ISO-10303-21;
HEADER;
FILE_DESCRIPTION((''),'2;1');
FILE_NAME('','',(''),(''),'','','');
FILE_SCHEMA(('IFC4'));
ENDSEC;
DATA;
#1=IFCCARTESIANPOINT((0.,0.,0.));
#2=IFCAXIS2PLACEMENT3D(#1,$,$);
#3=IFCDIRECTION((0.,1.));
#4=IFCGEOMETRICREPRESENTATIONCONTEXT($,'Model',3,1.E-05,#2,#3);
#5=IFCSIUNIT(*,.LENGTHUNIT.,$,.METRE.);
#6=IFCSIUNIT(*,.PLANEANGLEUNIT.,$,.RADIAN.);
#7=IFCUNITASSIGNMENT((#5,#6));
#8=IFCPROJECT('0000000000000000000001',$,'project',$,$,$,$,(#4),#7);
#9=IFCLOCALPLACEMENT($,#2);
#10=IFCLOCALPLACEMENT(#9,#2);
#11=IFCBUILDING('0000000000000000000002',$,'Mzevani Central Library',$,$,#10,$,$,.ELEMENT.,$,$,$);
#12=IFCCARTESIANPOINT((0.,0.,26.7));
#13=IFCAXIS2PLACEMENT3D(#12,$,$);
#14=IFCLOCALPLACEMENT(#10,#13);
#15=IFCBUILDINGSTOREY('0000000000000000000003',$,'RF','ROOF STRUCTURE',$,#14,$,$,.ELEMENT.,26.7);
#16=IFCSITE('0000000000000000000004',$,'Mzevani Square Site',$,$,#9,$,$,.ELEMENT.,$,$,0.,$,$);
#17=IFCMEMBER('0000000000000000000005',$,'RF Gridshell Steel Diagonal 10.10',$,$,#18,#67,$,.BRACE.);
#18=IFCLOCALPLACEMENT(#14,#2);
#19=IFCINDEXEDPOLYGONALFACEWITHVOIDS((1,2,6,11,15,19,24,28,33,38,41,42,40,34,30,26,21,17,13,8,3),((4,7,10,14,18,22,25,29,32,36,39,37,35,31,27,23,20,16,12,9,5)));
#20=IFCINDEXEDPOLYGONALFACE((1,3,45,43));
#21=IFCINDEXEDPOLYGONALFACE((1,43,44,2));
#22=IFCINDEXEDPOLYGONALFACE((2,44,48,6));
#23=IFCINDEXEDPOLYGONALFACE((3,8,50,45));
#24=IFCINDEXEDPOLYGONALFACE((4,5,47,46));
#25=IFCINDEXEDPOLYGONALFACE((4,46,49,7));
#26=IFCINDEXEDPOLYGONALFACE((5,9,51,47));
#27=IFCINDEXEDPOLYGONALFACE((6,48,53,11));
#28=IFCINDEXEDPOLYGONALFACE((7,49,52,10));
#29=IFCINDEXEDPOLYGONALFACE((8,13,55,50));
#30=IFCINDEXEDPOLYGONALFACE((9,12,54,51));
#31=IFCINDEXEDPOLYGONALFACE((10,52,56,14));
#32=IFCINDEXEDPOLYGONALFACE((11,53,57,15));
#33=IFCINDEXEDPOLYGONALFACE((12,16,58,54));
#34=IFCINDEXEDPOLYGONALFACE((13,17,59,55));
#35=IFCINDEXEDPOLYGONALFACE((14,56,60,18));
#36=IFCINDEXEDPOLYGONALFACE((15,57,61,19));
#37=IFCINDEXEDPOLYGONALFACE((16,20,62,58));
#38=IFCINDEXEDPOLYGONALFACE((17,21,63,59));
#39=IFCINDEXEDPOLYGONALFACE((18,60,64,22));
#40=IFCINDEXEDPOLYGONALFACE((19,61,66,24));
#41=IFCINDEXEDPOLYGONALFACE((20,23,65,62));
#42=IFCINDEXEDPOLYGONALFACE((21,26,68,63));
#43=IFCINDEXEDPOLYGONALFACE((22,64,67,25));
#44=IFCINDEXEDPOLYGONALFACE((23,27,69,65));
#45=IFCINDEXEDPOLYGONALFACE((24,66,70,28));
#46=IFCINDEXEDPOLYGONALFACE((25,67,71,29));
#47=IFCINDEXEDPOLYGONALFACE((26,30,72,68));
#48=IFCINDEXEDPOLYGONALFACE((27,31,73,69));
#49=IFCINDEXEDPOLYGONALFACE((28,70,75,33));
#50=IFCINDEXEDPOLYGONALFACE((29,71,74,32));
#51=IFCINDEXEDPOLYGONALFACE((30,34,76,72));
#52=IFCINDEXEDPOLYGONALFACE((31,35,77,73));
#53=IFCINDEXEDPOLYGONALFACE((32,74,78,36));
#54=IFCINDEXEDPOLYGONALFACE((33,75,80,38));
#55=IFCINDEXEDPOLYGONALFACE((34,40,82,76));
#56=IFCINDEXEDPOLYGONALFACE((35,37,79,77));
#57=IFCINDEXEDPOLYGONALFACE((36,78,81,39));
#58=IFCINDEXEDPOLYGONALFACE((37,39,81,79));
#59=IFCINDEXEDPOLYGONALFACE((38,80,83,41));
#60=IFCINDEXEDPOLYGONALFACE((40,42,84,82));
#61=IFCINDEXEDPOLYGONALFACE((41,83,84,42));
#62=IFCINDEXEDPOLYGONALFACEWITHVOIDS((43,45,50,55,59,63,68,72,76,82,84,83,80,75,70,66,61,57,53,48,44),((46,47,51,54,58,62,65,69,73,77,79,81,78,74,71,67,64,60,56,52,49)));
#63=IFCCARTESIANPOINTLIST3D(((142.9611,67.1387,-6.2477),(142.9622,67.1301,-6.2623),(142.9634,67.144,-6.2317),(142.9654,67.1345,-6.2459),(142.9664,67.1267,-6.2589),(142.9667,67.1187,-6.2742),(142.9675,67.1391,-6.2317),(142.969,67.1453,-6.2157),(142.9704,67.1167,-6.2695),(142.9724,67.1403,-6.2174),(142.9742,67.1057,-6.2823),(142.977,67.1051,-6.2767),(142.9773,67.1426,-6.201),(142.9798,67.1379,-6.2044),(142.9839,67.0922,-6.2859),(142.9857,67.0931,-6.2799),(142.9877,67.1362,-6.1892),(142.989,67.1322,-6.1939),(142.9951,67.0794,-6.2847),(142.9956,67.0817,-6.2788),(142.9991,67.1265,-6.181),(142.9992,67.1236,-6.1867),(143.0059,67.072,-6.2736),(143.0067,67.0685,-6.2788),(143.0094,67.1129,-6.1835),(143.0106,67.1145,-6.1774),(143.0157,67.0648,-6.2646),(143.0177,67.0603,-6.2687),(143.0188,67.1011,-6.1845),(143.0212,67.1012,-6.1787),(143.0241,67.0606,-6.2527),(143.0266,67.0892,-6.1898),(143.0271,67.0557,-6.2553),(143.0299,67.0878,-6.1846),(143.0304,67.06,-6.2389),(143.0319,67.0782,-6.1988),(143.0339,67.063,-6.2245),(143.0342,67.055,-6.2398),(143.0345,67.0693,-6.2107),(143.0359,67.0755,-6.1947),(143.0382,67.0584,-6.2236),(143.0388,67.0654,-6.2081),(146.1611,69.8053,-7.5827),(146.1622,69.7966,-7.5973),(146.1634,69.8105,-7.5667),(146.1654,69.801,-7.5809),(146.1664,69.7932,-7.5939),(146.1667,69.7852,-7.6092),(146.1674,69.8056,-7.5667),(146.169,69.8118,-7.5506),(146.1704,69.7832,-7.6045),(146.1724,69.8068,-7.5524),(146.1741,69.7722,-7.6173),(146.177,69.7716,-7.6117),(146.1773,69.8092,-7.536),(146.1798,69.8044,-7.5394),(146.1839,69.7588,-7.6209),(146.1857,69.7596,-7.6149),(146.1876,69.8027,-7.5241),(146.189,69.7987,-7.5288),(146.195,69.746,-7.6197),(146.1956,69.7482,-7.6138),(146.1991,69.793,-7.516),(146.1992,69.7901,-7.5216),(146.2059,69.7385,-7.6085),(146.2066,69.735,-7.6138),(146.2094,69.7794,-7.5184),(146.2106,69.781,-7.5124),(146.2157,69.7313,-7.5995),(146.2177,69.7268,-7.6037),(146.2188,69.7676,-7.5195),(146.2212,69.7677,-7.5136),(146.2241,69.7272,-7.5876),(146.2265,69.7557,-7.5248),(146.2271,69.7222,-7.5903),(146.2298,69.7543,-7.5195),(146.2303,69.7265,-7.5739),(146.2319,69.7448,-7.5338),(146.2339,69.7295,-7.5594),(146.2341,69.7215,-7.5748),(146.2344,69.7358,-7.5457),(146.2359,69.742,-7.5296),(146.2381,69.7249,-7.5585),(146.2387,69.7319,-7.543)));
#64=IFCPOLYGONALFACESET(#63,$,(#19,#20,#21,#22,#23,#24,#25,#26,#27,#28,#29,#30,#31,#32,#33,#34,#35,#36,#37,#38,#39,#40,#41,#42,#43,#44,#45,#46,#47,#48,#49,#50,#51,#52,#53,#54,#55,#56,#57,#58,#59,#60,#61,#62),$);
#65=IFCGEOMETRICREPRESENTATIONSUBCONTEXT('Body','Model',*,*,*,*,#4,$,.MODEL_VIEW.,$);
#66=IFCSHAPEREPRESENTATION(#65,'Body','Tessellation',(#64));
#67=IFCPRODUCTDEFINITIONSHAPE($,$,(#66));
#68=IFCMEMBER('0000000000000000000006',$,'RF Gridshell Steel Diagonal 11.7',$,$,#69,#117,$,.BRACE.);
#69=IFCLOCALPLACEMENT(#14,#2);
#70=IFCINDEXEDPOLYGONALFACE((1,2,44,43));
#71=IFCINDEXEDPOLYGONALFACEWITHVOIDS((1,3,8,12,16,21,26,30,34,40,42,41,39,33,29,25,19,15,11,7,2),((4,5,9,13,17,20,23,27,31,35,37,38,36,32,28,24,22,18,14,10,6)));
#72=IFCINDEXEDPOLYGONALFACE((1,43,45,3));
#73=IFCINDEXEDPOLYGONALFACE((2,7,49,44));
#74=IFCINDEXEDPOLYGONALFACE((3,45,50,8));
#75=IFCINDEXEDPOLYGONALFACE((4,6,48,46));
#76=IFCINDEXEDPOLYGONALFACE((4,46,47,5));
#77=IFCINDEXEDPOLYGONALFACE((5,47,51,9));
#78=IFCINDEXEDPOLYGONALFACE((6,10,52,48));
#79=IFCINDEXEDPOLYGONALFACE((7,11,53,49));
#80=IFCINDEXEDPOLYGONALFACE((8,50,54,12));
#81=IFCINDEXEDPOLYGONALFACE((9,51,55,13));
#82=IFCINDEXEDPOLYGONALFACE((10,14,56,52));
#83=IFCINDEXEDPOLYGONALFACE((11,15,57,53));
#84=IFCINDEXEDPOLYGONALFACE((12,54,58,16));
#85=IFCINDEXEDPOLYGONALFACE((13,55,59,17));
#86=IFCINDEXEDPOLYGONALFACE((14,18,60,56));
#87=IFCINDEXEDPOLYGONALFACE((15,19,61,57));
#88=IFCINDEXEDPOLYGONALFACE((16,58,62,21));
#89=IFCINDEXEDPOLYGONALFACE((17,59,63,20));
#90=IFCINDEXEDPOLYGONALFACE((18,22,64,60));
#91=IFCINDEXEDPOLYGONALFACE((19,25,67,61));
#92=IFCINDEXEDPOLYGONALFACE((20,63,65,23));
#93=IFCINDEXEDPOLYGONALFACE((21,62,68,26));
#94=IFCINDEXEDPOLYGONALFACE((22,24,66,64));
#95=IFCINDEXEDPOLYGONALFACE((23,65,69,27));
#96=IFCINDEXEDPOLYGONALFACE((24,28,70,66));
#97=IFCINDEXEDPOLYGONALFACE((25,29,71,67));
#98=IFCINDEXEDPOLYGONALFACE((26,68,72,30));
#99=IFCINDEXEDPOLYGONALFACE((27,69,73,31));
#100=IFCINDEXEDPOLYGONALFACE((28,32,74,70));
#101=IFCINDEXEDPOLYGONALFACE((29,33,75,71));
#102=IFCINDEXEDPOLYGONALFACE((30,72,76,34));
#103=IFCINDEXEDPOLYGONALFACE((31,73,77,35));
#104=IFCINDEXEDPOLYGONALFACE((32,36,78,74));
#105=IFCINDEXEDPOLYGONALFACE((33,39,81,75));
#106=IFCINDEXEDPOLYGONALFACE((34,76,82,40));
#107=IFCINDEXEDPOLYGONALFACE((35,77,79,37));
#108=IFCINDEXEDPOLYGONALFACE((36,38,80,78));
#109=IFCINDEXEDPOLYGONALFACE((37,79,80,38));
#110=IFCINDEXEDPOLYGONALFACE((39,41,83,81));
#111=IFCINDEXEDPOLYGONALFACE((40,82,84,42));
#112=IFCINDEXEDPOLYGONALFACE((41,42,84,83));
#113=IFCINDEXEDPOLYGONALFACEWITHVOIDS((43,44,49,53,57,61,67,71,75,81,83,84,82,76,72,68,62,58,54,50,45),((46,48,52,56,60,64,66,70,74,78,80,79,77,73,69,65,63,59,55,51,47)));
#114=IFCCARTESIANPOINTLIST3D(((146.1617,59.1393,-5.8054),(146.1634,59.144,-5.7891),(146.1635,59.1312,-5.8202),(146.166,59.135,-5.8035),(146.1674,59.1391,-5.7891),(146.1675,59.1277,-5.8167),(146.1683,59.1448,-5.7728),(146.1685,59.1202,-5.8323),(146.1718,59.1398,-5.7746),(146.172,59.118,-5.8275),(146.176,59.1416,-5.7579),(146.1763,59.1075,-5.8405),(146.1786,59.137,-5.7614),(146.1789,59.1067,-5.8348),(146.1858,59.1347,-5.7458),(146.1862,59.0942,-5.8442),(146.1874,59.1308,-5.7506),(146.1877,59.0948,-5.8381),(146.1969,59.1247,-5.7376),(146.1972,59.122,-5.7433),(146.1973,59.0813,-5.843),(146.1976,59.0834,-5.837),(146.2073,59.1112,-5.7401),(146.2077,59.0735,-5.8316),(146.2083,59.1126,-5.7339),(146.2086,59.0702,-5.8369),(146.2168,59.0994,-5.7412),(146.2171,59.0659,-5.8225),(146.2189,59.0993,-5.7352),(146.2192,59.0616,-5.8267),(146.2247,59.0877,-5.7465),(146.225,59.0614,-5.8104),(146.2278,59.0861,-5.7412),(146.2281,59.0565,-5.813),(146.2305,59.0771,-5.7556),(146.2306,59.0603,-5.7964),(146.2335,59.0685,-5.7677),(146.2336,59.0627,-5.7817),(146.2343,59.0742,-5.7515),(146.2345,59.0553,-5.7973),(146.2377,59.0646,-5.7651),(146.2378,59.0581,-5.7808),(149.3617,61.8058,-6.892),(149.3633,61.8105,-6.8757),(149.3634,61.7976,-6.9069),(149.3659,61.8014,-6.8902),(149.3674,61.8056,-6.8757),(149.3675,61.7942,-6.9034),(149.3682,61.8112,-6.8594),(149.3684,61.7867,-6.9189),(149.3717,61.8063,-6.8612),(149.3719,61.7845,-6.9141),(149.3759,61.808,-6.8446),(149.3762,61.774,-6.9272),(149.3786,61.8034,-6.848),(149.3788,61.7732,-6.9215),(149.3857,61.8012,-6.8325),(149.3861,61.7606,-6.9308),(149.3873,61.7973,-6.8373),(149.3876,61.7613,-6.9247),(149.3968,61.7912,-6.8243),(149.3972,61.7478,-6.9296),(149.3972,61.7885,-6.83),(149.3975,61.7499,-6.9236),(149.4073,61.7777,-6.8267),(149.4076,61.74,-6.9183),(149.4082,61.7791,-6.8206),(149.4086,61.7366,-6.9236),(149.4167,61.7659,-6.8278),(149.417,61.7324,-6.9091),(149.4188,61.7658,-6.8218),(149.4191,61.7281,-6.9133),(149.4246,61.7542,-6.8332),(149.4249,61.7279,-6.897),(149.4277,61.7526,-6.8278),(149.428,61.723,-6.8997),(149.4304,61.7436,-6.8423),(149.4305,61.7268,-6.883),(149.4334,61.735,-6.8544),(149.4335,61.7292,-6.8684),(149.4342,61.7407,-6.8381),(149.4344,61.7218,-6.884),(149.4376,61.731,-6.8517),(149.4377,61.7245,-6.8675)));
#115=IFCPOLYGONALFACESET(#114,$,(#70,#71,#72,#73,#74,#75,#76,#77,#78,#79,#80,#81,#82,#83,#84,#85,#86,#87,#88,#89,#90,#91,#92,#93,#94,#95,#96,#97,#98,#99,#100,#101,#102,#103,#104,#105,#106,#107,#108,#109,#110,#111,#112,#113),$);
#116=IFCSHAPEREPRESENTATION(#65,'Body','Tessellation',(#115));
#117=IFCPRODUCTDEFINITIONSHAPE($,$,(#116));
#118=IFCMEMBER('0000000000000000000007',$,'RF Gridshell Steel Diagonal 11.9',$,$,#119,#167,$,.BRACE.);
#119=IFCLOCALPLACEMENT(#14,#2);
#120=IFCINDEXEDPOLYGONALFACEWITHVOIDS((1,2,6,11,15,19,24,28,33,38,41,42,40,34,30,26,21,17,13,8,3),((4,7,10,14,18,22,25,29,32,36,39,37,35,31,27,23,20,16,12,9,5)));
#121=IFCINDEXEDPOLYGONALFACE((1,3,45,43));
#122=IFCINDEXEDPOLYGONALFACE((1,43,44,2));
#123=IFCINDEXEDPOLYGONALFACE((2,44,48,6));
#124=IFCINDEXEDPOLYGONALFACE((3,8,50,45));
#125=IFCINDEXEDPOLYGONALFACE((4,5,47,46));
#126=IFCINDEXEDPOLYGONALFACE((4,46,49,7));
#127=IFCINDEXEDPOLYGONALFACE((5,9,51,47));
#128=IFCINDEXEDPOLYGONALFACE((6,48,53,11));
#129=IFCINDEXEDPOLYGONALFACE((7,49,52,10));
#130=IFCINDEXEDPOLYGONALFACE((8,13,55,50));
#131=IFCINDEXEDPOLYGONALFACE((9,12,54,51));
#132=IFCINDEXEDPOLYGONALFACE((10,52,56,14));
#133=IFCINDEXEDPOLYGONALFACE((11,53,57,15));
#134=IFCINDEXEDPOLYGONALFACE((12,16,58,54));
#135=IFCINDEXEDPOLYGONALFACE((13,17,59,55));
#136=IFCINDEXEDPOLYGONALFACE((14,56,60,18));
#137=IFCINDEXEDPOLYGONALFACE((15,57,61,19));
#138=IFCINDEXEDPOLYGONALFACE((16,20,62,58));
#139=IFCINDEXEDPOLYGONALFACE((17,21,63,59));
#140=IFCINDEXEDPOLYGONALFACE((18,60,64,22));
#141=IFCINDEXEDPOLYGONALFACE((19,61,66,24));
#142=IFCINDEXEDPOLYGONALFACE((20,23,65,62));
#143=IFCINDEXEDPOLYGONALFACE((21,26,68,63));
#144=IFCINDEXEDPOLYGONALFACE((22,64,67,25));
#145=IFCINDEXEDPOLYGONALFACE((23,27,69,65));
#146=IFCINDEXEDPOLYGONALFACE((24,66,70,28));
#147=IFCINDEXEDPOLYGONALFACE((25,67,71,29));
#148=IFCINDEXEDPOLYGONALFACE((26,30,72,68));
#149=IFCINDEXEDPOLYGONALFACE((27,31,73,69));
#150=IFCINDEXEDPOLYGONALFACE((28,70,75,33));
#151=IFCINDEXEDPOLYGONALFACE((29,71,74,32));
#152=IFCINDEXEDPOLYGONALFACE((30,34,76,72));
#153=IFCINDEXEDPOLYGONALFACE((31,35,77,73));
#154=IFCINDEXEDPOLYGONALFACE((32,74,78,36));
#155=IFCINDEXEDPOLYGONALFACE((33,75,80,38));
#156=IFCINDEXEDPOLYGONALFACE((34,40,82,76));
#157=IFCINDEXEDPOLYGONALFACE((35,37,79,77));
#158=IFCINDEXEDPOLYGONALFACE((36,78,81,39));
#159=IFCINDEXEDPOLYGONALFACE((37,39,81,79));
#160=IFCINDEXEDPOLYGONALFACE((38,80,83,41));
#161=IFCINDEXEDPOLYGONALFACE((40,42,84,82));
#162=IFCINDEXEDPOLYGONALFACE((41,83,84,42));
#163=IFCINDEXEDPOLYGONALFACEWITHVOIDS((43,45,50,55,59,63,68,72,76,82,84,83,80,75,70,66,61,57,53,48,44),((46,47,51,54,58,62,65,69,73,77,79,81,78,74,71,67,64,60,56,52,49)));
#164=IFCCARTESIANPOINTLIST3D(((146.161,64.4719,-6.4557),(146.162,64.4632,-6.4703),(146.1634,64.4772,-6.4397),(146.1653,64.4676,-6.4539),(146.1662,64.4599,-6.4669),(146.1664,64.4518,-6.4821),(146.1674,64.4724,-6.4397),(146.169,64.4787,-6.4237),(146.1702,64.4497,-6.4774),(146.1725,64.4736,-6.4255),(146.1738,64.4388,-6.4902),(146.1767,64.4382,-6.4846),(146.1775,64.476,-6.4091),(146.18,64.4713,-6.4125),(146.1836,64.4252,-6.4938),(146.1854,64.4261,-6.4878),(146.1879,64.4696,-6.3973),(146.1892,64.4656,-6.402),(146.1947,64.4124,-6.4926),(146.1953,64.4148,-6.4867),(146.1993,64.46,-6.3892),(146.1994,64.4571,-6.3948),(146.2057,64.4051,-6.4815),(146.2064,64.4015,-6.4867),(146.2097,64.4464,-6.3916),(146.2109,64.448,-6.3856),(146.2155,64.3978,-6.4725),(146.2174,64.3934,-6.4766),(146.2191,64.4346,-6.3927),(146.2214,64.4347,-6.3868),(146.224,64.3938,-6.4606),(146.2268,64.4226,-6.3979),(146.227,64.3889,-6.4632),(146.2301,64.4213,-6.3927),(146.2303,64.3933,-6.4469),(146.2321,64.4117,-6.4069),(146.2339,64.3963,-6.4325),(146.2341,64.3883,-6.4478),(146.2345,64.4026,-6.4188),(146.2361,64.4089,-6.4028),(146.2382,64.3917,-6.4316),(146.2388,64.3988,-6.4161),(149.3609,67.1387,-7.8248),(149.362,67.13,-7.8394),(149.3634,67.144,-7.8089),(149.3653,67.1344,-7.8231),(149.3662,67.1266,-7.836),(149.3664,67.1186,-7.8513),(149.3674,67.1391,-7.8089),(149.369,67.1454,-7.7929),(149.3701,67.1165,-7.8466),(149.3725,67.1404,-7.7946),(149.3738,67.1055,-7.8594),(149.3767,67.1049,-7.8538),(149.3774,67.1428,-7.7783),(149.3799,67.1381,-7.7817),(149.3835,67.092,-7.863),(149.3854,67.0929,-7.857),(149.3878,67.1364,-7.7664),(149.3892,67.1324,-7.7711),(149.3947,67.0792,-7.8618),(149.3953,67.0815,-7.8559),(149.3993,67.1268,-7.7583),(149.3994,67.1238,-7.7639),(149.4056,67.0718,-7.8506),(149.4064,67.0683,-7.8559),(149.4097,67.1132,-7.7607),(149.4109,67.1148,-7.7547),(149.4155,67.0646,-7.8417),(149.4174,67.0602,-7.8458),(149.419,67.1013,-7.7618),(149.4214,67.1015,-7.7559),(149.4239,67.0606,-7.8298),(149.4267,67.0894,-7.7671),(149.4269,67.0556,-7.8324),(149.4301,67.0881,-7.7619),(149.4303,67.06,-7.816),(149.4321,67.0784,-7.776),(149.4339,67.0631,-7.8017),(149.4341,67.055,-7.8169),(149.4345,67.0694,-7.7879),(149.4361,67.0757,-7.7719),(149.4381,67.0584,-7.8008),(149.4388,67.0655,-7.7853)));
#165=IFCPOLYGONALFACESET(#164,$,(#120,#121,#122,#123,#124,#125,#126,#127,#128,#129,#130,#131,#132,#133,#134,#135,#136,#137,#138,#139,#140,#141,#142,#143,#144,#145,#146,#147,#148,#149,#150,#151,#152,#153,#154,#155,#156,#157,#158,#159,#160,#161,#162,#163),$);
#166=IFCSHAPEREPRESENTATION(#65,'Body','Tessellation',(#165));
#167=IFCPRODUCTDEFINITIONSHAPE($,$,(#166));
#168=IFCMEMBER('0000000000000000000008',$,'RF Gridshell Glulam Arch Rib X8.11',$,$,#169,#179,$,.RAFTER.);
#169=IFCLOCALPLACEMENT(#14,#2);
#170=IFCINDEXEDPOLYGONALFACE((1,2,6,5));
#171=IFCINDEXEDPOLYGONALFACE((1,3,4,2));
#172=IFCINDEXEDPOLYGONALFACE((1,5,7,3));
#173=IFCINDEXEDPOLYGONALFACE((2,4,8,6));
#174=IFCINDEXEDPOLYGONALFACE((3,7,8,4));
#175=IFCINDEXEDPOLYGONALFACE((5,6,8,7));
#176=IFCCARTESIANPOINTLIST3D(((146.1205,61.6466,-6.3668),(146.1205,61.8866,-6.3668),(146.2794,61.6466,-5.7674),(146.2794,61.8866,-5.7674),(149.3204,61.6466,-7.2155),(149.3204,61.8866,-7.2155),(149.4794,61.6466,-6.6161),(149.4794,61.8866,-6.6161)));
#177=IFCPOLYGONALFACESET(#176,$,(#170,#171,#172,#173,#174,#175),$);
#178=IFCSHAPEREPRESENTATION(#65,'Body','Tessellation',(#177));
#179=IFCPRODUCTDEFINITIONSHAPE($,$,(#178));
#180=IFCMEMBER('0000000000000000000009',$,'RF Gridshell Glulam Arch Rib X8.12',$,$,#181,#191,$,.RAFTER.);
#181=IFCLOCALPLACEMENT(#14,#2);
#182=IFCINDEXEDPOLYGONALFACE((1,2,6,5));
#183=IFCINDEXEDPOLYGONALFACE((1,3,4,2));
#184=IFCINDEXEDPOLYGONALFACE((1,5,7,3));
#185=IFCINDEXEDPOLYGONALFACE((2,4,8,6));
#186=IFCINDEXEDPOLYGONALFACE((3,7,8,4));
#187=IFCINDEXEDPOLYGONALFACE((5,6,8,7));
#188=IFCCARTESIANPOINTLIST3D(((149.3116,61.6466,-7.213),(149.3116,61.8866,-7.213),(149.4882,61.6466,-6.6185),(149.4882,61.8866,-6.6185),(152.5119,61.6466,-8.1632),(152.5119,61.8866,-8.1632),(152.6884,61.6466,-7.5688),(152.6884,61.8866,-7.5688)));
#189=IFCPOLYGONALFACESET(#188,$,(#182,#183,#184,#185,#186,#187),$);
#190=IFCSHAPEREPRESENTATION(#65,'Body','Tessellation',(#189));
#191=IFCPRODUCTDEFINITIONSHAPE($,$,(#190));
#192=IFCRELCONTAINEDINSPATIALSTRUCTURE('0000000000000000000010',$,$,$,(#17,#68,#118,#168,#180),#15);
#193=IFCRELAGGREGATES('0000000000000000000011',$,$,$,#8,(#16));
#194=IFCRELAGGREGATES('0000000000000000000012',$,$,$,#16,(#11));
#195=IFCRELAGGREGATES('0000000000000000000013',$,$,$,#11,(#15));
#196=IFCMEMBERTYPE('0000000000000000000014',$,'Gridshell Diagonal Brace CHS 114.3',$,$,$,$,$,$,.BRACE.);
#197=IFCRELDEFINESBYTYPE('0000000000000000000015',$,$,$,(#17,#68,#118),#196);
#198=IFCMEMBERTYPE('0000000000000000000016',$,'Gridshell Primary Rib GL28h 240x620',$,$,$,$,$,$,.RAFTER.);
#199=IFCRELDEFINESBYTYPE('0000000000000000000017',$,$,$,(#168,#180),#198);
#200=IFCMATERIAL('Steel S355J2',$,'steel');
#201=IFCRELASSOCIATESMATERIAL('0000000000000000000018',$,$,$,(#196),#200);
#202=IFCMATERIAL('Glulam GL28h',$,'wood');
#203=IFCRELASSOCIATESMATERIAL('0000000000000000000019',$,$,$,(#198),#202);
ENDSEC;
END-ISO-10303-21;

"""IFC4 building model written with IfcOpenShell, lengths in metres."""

from ifc_helpers import new_model, si_unit, direction, frame, origin, origin_2d, place, context, subcontext, project, spatial, rectangle, hollow_circle, extrude, material, material_profile, profile_set, type_object, element, save


model = new_model("IFC4")

# Units and contexts
model_context = context("Model", 3, precision=1e-05, world=origin(), true_north=direction((0.0, 1.0)))
body_context = subcontext(model_context, "Body", "Model", "MODEL_VIEW")
ifc_project = project(units=[si_unit("LENGTHUNIT", "METRE"), si_unit("PLANEANGLEUNIT", "RADIAN")], contexts=[model_context])

# Site, building, storey
site_placement = place(None, origin())
site = spatial("IfcSite", under=ifc_project, at=site_placement, Name="Mzevani Square Site", CompositionType="ELEMENT", RefElevation=0.0)
building_placement = place(site_placement, origin())
building = spatial("IfcBuilding", under=site, at=building_placement, Name="Mzevani Central Library", CompositionType="ELEMENT")
storey_placement = place(building_placement, frame((0.0, 0.0, 26.7)))
storey = spatial("IfcBuildingStorey", under=building, at=storey_placement, Name="RF", Description="ROOF STRUCTURE", CompositionType="ELEMENT", Elevation=26.7)

# Members
ifc_material_1 = material(Name="Steel S355J2", Category="steel")
ifc_material_profile_1 = material_profile(ifc_material_1, hollow_circle(Radius=0.0571, WallThickness=0.0063, at=origin_2d()), Name="CHS 114.3x6.3")
ifc_profile_set_1 = profile_set([ifc_material_profile_1], Name="Steel S355J2")
member_type_1 = type_object("IfcMemberType", Name="Gridshell Diagonal Brace CHS 114.3", PredefinedType="BRACE", material=ifc_profile_set_1)
member_1_placement = place(storey_placement, frame((143.0, 67.1001, -6.2317), z_axis=(0.731581, 0.609623, -0.305202), x_axis=(-0.640167, 0.768236, 0.0)))
element("IfcMember", 1, at=member_1_placement, inside=storey, type_object=member_type_1, Name="RF Gridshell Steel Diagonal 10.10", PredefinedType="BRACE", context=body_context, shape_type="SweptSolid", body=[
    extrude(hollow_circle(Radius=0.0571, WallThickness=0.0063, at=origin_2d()), origin(), (0.0, 0.0, 1.0), 4.374),
])
member_2_placement = place(storey_placement, frame((146.2, 59.1001, -5.7891), z_axis=(0.743355, 0.619434, -0.252436), x_axis=(-0.640167, 0.768236, 0.0)))
element("IfcMember", 2, at=member_2_placement, inside=storey, type_object=member_type_1, Name="RF Gridshell Steel Diagonal 11.7", PredefinedType="BRACE", context=body_context, shape_type="SweptSolid", body=[
    extrude(hollow_circle(Radius=0.0571, WallThickness=0.0063, at=origin_2d()), origin(), (0.0, 0.0, 1.0), 4.3047),
])
member_3_placement = place(storey_placement, frame((146.2, 64.4333, -6.4397), z_axis=(0.729796, 0.608191, -0.312253), x_axis=(-0.640202, 0.768207, 0.0)))
element("IfcMember", 3, at=member_3_placement, inside=storey, type_object=member_type_1, Name="RF Gridshell Steel Diagonal 11.9", PredefinedType="BRACE", context=body_context, shape_type="SweptSolid", body=[
    extrude(hollow_circle(Radius=0.0571, WallThickness=0.0063, at=origin_2d()), origin(), (0.0, 0.0, 1.0), 4.3848),
])
ifc_material_2 = material(Name="Glulam GL28h", Category="wood")
ifc_material_profile_2 = material_profile(ifc_material_2, rectangle(XDim=0.24, YDim=0.6201, at=origin_2d()), Name="GL28h 240x620")
ifc_profile_set_2 = profile_set([ifc_material_profile_2], Name="Glulam GL28h")
member_type_2 = type_object("IfcMemberType", Name="Gridshell Primary Rib GL28h 240x620", PredefinedType="RAFTER", material=ifc_profile_set_2)
member_4_placement = place(storey_placement, frame((146.2, 61.7666, -6.0671), z_axis=(0.966587, 0.0, -0.25634), x_axis=(0.0, 1.0, 0.0)))
element("IfcMember", 4, at=member_4_placement, inside=storey, type_object=member_type_2, Name="RF Gridshell Glulam Arch Rib X8.11", PredefinedType="RAFTER", context=body_context, shape_type="SweptSolid", body=[
    extrude(rectangle(XDim=0.24, YDim=0.6201, at=origin_2d()), origin(), (0.0, 0.0, 1.0), 3.3105),
])
member_5_placement = place(storey_placement, frame((149.3999, 61.7666, -6.9158), z_axis=(0.958636, 0.0, -0.284636), x_axis=(0.0, 1.0, 0.0)))
element("IfcMember", 5, at=member_5_placement, inside=storey, type_object=member_type_2, Name="RF Gridshell Glulam Arch Rib X8.12", PredefinedType="RAFTER", context=body_context, shape_type="SweptSolid", body=[
    extrude(rectangle(XDim=0.24, YDim=0.6201, at=origin_2d()), origin(), (0.0, 0.0, 1.0), 3.3384),
])

save(model, "model.ifc")
